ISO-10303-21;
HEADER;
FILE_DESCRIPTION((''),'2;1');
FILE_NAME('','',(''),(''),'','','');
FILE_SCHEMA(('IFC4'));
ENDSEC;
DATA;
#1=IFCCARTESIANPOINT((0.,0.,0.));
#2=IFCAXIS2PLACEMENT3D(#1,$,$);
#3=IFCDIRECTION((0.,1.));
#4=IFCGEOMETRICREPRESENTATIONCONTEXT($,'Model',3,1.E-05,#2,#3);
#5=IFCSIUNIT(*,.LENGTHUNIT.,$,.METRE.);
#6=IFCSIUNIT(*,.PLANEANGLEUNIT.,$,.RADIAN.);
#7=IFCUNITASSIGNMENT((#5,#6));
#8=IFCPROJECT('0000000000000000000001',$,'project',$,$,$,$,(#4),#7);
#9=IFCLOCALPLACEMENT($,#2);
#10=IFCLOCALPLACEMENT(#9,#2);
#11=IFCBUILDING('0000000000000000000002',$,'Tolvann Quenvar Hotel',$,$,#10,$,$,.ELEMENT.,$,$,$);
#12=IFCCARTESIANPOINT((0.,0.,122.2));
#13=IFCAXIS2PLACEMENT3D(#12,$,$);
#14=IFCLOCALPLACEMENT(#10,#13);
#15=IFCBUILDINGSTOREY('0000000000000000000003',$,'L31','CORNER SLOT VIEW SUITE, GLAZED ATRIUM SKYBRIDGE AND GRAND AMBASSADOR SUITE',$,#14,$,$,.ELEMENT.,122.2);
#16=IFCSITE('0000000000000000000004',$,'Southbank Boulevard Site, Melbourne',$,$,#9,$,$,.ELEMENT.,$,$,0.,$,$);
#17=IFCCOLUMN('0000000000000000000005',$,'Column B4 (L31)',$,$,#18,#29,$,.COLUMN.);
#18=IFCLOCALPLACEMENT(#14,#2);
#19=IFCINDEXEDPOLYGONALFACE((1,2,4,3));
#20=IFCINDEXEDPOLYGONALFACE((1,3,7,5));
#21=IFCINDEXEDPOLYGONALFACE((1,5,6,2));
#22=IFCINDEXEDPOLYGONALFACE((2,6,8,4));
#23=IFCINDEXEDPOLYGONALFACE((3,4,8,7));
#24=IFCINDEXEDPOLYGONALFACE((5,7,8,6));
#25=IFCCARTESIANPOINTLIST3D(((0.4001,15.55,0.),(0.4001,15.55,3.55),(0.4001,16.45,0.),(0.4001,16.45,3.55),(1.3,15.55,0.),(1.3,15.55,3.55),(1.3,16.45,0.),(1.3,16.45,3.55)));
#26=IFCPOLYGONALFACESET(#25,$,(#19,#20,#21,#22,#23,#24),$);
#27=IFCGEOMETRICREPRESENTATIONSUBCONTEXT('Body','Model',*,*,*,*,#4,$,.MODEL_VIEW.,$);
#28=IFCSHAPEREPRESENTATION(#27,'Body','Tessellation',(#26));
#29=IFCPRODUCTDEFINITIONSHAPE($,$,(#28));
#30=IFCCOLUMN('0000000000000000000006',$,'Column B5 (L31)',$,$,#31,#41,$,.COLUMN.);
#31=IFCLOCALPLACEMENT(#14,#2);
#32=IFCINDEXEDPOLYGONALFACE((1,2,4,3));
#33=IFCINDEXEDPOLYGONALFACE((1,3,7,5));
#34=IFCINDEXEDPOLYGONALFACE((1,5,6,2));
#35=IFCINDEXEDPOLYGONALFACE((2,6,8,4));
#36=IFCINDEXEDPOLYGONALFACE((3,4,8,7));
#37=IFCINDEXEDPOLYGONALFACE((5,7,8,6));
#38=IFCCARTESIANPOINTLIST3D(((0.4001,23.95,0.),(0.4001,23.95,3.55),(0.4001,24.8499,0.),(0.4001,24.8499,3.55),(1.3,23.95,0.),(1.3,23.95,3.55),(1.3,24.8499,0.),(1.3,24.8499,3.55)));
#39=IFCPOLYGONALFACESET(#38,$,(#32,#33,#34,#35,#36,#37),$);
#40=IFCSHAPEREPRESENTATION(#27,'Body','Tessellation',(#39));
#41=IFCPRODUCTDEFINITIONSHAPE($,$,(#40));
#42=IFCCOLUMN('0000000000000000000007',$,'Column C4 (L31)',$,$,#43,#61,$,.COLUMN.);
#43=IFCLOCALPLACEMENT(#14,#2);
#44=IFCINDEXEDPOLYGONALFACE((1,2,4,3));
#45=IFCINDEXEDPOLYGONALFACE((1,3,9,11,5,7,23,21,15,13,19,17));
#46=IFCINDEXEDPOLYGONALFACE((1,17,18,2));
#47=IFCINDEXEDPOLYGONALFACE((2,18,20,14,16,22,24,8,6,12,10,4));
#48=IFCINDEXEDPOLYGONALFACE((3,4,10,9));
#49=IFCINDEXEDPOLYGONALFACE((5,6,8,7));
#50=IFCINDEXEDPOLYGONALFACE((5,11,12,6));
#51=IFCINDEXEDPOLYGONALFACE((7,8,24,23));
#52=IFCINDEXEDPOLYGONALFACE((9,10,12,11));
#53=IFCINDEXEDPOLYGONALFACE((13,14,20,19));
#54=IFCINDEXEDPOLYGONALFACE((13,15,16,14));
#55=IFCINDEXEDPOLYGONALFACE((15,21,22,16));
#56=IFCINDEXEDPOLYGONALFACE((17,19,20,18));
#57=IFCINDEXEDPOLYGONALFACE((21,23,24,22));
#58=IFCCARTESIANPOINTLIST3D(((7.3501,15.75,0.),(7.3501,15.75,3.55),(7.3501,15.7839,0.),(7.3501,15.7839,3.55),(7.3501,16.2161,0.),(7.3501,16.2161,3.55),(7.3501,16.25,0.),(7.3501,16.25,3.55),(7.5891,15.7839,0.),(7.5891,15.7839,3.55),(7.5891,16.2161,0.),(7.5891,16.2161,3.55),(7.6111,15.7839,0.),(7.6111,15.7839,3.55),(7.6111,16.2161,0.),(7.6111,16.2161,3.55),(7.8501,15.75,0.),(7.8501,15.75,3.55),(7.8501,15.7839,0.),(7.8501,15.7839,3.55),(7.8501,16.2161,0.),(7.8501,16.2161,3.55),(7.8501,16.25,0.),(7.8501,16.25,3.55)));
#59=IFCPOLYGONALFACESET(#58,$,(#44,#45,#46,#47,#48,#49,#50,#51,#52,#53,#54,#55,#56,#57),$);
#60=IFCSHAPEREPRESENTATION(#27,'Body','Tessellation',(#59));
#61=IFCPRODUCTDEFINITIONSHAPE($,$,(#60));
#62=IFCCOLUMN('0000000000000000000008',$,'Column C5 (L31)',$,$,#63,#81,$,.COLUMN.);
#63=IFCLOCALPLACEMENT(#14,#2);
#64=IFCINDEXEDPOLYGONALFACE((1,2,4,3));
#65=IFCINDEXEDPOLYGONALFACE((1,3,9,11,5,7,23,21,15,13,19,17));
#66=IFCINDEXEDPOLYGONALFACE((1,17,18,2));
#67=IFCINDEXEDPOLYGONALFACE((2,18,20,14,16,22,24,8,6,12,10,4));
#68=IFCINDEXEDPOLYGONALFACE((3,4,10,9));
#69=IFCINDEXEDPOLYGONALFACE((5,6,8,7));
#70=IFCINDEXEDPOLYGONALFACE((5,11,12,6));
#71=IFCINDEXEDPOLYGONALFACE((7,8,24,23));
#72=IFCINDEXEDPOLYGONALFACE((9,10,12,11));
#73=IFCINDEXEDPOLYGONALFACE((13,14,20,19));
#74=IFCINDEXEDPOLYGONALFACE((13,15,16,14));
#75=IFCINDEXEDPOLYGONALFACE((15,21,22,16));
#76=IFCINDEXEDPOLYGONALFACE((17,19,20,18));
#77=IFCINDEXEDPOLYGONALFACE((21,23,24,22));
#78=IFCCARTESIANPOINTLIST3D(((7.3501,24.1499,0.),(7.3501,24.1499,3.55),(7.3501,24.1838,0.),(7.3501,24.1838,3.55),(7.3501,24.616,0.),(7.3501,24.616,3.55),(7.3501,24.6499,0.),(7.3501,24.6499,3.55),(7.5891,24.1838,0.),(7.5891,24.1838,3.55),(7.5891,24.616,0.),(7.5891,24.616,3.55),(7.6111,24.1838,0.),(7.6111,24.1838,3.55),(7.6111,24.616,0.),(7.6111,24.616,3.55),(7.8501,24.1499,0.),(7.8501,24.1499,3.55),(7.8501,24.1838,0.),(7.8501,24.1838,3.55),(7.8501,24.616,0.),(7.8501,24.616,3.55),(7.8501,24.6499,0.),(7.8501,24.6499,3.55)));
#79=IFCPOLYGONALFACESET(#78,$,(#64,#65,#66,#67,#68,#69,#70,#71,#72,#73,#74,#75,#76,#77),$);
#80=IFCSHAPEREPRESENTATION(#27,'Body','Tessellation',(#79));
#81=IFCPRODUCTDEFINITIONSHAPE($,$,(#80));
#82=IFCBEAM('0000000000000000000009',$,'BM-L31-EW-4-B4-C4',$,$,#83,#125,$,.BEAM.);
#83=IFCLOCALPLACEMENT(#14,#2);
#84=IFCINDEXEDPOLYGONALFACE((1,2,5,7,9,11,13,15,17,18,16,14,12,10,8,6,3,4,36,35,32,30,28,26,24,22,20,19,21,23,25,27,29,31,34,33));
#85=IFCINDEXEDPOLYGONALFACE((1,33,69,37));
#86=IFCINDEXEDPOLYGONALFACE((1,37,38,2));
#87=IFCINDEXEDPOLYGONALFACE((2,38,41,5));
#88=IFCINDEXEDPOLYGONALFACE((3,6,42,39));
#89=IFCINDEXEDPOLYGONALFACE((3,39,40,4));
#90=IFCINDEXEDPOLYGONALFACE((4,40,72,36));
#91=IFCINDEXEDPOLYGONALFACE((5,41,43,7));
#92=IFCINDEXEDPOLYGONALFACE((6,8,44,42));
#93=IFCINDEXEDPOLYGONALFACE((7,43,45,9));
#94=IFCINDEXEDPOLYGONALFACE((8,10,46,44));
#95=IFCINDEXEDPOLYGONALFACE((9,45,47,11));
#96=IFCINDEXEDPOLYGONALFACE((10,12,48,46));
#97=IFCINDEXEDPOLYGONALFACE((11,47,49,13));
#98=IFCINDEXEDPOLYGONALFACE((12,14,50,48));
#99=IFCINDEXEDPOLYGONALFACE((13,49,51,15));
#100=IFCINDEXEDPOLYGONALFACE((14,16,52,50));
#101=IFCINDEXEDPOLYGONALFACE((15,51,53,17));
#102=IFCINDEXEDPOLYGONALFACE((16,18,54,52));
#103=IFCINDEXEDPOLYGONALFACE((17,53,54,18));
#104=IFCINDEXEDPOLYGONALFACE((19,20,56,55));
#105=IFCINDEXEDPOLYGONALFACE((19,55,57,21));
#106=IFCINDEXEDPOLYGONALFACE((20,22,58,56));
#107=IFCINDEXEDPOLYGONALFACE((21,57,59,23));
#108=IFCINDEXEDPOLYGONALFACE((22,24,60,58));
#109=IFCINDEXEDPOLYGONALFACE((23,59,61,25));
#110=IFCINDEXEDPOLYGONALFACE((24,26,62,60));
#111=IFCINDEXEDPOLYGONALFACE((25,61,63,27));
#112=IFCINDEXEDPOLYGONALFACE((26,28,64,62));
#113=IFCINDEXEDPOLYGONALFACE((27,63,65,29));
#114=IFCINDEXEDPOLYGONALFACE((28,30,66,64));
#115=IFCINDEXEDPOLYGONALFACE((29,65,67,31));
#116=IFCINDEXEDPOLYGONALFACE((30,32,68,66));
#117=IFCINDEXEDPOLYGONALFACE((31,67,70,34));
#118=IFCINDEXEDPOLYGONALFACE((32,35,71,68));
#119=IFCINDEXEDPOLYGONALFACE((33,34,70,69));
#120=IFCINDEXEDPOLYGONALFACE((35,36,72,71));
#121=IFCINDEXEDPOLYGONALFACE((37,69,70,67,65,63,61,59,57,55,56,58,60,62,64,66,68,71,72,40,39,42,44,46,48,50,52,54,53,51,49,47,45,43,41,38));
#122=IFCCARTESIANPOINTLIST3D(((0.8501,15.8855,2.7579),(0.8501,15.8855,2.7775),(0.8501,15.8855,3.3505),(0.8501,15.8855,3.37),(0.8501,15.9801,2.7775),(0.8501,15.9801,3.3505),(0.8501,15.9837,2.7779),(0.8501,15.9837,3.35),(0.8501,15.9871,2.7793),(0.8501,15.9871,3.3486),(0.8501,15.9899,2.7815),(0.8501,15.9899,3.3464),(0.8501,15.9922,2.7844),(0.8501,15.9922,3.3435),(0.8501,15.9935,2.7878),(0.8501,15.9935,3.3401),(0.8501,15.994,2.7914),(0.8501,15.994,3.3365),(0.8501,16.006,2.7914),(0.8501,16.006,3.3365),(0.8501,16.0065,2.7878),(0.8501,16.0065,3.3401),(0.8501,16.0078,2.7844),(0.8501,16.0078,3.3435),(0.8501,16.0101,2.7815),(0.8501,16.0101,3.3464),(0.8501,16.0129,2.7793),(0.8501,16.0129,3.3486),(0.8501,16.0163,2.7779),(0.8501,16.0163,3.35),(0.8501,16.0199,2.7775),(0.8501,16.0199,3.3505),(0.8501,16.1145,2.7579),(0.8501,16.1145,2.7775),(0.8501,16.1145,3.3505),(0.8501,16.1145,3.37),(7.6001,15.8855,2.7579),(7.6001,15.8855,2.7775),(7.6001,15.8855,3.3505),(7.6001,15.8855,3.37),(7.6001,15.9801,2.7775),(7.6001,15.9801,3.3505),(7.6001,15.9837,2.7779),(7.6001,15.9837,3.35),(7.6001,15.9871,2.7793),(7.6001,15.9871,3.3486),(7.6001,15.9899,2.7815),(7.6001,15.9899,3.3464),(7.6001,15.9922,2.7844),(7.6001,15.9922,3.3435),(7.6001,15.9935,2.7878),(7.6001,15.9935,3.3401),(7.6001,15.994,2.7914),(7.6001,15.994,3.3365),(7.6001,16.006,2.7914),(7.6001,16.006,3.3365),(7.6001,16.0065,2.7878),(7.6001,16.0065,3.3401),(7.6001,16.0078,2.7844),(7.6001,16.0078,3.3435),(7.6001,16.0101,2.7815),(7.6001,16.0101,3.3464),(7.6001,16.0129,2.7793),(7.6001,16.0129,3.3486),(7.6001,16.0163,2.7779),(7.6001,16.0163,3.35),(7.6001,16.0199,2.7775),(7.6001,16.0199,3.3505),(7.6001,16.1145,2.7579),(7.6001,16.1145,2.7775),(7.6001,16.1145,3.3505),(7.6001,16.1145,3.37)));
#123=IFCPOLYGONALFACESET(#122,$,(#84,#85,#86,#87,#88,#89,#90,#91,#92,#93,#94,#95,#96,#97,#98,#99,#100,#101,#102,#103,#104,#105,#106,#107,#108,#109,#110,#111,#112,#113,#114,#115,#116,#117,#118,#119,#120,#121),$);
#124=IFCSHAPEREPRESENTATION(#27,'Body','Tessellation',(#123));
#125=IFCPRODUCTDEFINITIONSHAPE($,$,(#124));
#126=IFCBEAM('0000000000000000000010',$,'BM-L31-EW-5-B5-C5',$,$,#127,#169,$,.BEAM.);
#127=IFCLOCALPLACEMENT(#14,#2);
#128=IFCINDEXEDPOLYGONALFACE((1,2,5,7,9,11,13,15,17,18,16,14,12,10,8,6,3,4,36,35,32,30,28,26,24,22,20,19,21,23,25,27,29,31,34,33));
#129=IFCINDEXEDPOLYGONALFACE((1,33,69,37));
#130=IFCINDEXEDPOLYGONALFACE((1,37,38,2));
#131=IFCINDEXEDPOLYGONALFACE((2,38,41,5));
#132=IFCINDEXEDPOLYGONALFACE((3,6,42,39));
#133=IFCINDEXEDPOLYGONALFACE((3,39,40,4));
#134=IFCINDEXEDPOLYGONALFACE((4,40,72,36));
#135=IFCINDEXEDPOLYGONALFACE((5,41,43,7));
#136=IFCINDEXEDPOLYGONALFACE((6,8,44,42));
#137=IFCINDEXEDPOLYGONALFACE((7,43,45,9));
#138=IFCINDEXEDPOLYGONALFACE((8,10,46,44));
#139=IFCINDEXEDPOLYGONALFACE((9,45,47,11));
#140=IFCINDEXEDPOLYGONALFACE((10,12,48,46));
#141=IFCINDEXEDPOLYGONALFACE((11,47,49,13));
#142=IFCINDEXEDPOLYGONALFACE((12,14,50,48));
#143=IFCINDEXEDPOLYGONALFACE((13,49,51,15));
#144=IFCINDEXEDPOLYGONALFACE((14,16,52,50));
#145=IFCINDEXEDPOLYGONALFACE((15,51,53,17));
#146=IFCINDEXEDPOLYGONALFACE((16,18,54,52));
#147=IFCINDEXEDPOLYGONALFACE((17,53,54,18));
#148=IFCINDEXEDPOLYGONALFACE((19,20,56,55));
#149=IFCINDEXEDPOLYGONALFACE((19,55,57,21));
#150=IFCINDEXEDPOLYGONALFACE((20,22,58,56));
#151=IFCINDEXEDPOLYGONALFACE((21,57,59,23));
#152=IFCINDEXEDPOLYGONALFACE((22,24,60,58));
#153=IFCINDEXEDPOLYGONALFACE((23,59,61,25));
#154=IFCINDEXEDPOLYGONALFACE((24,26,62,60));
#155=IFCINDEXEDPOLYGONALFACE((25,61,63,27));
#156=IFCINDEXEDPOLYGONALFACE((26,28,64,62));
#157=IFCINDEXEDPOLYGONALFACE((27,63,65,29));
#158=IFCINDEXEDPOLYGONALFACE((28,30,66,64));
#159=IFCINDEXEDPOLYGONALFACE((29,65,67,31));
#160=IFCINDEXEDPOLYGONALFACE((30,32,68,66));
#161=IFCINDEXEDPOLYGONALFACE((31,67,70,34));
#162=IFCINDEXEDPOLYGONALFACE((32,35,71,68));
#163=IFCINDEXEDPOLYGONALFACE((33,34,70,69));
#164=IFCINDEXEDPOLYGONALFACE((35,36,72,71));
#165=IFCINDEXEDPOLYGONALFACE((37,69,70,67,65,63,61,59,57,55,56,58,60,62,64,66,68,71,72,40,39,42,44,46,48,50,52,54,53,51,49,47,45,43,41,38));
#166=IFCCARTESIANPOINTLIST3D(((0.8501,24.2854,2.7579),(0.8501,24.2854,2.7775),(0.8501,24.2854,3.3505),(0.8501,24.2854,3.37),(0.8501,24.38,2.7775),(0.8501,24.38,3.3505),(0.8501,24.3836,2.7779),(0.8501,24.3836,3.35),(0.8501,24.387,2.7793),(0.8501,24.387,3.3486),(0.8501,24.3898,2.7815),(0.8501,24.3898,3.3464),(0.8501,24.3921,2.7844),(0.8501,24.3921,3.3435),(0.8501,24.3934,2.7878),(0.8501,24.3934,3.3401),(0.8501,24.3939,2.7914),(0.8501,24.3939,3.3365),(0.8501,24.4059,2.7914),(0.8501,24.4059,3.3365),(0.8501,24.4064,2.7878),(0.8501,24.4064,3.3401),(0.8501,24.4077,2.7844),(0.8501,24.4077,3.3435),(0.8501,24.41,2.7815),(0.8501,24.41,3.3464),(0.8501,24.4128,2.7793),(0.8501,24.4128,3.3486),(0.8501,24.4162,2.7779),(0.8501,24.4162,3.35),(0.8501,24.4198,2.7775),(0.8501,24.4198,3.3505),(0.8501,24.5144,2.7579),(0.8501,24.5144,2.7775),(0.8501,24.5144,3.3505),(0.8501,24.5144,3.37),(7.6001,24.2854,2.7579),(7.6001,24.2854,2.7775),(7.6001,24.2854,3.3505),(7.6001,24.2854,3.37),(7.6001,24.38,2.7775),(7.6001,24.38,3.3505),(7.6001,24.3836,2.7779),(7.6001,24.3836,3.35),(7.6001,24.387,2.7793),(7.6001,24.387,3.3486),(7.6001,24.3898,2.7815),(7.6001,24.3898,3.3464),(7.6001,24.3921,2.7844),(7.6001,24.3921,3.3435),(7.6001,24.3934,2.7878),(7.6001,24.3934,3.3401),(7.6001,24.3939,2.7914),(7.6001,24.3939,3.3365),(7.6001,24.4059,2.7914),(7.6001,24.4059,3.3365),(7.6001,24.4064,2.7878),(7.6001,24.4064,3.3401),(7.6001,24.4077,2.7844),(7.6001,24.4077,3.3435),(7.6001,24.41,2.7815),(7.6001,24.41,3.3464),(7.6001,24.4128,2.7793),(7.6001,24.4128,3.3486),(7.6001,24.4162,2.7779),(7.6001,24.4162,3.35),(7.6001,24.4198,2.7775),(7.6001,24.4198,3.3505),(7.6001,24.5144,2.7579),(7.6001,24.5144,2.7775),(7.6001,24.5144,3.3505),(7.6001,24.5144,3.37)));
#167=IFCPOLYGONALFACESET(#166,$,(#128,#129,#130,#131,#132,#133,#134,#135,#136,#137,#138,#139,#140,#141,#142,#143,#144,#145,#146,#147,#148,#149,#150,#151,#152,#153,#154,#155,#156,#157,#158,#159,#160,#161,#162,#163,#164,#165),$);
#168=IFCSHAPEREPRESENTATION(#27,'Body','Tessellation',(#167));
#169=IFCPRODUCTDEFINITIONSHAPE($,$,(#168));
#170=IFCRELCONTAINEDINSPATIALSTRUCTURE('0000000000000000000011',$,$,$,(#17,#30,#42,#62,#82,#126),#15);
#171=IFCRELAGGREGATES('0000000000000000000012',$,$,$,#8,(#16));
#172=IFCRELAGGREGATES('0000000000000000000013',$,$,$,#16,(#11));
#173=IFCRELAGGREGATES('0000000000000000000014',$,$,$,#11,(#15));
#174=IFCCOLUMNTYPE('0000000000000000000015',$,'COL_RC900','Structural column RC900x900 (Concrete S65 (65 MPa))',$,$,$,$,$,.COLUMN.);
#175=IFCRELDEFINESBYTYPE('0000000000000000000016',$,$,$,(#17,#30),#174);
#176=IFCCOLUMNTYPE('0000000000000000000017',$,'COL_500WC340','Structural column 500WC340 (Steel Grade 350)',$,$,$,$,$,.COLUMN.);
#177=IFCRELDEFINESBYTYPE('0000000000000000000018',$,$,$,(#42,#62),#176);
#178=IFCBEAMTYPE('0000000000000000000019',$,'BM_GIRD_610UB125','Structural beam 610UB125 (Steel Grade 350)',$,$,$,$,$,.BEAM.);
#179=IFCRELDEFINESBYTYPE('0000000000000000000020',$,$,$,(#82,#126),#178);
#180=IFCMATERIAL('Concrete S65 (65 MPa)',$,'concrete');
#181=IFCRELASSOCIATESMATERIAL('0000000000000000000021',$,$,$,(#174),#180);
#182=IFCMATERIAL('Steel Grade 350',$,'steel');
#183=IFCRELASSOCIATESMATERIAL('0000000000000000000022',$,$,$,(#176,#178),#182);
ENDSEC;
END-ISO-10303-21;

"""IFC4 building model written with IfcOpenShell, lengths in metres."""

from ifc_helpers import new_model, si_unit, direction, frame, origin, origin_2d, place, context, subcontext, project, spatial, rectangle, i_section, extrude, source, transform, mapped, material, material_profile, profile_set, type_object, type_shapes, element, save


model = new_model("IFC4")

# Units and contexts
model_context = context("Model", 3, precision=1e-05, world=origin(), true_north=direction((0.0, 1.0)))
body_context = subcontext(model_context, "Body", "Model", "MODEL_VIEW")
ifc_project = project(units=[si_unit("LENGTHUNIT", "METRE"), si_unit("PLANEANGLEUNIT", "RADIAN")], contexts=[model_context])

# Site, building, storey
site_placement = place(None, origin())
site = spatial("IfcSite", under=ifc_project, at=site_placement, Name="Southbank Boulevard Site, Melbourne", CompositionType="ELEMENT", RefElevation=0.0)
building_placement = place(site_placement, origin())
building = spatial("IfcBuilding", under=site, at=building_placement, Name="Tolvann Quenvar Hotel", CompositionType="ELEMENT")
storey_placement = place(building_placement, frame((0.0, 0.0, 122.2)))
storey = spatial("IfcBuildingStorey", under=building, at=storey_placement, Name="L31", Description="CORNER SLOT VIEW SUITE, GLAZED ATRIUM SKYBRIDGE AND GRAND AMBASSADOR SUITE", CompositionType="ELEMENT", Elevation=122.2)

# Columns
ifc_material_1 = material(Name="Concrete S65 (65 MPa)", Category="concrete")
ifc_material_profile_1 = material_profile(ifc_material_1, rectangle(XDim=0.8999, YDim=0.8999, at=origin_2d()), Name="RC900x900")
ifc_profile_set_1 = profile_set([ifc_material_profile_1], Name="Concrete S65 (65 MPa)")
column_type_1 = type_object("IfcColumnType", Name="COL_RC900", Description="Structural column RC900x900 (Concrete S65 (65 MPa))", PredefinedType="COLUMN", material=ifc_profile_set_1)
shared_shape_1 = source(origin(), body_context, "Body", "SweptSolid", [
    extrude(rectangle(XDim=0.8999, YDim=0.8999, at=origin_2d()), origin(), (0.0, 0.0, 1.0), 3.55),
])
type_shapes(column_type_1, [shared_shape_1])
for number, where, z_axis, x_axis, name in (
    (1, (0.8501, 16.0, 0.0), (0.0, 0.0, 1.0), (1.0, 0.0, 0.0), "Column B4 (L31)"),
    (2, (0.8501, 24.3999, 0.0), (0.0, 0.0, 1.0), (1.0, 0.0, 0.0), "Column B5 (L31)"),
):
    element("IfcColumn", number, at=place(storey_placement, frame(where, z_axis=z_axis, x_axis=x_axis)), inside=storey, type_object=column_type_1, Name=name, PredefinedType="COLUMN", context=body_context, shape_type="MappedRepresentation", body=[
        mapped(shared_shape_1, transform((0.0, 0.0, 0.0), x_axis=(1.0, 0.0, 0.0), y_axis=(0.0, 1.0, 0.0), z_axis=(0.0, 0.0, 1.0), scale=1.0)),
    ])
ifc_material_2 = material(Name="Steel Grade 350", Category="steel")
ifc_material_profile_2 = material_profile(ifc_material_2, i_section(OverallWidth=0.5, OverallDepth=0.5, WebThickness=0.022, FlangeThickness=0.0339, at=origin_2d()), Name="500WC340")
ifc_profile_set_2 = profile_set([ifc_material_profile_2], Name="Steel Grade 350")
column_type_2 = type_object("IfcColumnType", Name="COL_500WC340", Description="Structural column 500WC340 (Steel Grade 350)", PredefinedType="COLUMN", material=ifc_profile_set_2)
shared_shape_2 = source(origin(), body_context, "Body", "SweptSolid", [
    extrude(i_section(OverallWidth=0.5, OverallDepth=0.5, WebThickness=0.022, FlangeThickness=0.0339, at=origin_2d()), origin(), (0.0, 0.0, 1.0), 3.55),
])
type_shapes(column_type_2, [shared_shape_2])
for number, where, z_axis, x_axis, name in (
    (3, (7.6001, 16.0, 0.0), (0.0, 0.0, 1.0), (1.0, 0.0, 0.0), "Column C4 (L31)"),
    (4, (7.6001, 24.3999, 0.0), (0.0, 0.0, 1.0), (1.0, 0.0, 0.0), "Column C5 (L31)"),
):
    element("IfcColumn", number, at=place(storey_placement, frame(where, z_axis=z_axis, x_axis=x_axis)), inside=storey, type_object=column_type_2, Name=name, PredefinedType="COLUMN", context=body_context, shape_type="MappedRepresentation", body=[
        mapped(shared_shape_2, transform((0.0, 0.0, 0.0), x_axis=(1.0, 0.0, 0.0), y_axis=(0.0, 1.0, 0.0), z_axis=(0.0, 0.0, 1.0), scale=1.0)),
    ])

# Beams
ifc_material_profile_3 = material_profile(ifc_material_2, i_section(OverallWidth=0.229, OverallDepth=0.6121, WebThickness=0.012, FlangeThickness=0.0195, FilletRadius=0.0139, at=origin_2d()), Name="610UB125")
ifc_profile_set_3 = profile_set([ifc_material_profile_3], Name="Steel Grade 350")
beam_type_1 = type_object("IfcBeamType", Name="BM_GIRD_610UB125", Description="Structural beam 610UB125 (Steel Grade 350)", PredefinedType="BEAM", material=ifc_profile_set_3)
shared_shape_3 = source(origin(), body_context, "Body", "SweptSolid", [
    extrude(i_section(OverallWidth=0.229, OverallDepth=0.6121, WebThickness=0.012, FlangeThickness=0.0195, FilletRadius=0.0139, at=origin_2d()), origin(), (0.0, 0.0, 1.0), 6.75),
])
for number, where, z_axis, x_axis, name in (
    (5, (0.8501, 16.0, 3.064), (1.0, 0.0, 0.0), (0.0, 1.0, 0.0), "BM-L31-EW-4-B4-C4"),
    (6, (0.8501, 24.3999, 3.064), (1.0, 0.0, 0.0), (0.0, 1.0, 0.0), "BM-L31-EW-5-B5-C5"),
):
    element("IfcBeam", number, at=place(storey_placement, frame(where, z_axis=z_axis, x_axis=x_axis)), inside=storey, type_object=beam_type_1, Name=name, PredefinedType="BEAM", context=body_context, shape_type="MappedRepresentation", body=[
        mapped(shared_shape_3, transform((0.0, 0.0, 0.0), x_axis=(1.0, 0.0, 0.0), y_axis=(0.0, 1.0, 0.0), z_axis=(0.0, 0.0, 1.0), scale=1.0)),
    ])

save(model, "model.ifc")
